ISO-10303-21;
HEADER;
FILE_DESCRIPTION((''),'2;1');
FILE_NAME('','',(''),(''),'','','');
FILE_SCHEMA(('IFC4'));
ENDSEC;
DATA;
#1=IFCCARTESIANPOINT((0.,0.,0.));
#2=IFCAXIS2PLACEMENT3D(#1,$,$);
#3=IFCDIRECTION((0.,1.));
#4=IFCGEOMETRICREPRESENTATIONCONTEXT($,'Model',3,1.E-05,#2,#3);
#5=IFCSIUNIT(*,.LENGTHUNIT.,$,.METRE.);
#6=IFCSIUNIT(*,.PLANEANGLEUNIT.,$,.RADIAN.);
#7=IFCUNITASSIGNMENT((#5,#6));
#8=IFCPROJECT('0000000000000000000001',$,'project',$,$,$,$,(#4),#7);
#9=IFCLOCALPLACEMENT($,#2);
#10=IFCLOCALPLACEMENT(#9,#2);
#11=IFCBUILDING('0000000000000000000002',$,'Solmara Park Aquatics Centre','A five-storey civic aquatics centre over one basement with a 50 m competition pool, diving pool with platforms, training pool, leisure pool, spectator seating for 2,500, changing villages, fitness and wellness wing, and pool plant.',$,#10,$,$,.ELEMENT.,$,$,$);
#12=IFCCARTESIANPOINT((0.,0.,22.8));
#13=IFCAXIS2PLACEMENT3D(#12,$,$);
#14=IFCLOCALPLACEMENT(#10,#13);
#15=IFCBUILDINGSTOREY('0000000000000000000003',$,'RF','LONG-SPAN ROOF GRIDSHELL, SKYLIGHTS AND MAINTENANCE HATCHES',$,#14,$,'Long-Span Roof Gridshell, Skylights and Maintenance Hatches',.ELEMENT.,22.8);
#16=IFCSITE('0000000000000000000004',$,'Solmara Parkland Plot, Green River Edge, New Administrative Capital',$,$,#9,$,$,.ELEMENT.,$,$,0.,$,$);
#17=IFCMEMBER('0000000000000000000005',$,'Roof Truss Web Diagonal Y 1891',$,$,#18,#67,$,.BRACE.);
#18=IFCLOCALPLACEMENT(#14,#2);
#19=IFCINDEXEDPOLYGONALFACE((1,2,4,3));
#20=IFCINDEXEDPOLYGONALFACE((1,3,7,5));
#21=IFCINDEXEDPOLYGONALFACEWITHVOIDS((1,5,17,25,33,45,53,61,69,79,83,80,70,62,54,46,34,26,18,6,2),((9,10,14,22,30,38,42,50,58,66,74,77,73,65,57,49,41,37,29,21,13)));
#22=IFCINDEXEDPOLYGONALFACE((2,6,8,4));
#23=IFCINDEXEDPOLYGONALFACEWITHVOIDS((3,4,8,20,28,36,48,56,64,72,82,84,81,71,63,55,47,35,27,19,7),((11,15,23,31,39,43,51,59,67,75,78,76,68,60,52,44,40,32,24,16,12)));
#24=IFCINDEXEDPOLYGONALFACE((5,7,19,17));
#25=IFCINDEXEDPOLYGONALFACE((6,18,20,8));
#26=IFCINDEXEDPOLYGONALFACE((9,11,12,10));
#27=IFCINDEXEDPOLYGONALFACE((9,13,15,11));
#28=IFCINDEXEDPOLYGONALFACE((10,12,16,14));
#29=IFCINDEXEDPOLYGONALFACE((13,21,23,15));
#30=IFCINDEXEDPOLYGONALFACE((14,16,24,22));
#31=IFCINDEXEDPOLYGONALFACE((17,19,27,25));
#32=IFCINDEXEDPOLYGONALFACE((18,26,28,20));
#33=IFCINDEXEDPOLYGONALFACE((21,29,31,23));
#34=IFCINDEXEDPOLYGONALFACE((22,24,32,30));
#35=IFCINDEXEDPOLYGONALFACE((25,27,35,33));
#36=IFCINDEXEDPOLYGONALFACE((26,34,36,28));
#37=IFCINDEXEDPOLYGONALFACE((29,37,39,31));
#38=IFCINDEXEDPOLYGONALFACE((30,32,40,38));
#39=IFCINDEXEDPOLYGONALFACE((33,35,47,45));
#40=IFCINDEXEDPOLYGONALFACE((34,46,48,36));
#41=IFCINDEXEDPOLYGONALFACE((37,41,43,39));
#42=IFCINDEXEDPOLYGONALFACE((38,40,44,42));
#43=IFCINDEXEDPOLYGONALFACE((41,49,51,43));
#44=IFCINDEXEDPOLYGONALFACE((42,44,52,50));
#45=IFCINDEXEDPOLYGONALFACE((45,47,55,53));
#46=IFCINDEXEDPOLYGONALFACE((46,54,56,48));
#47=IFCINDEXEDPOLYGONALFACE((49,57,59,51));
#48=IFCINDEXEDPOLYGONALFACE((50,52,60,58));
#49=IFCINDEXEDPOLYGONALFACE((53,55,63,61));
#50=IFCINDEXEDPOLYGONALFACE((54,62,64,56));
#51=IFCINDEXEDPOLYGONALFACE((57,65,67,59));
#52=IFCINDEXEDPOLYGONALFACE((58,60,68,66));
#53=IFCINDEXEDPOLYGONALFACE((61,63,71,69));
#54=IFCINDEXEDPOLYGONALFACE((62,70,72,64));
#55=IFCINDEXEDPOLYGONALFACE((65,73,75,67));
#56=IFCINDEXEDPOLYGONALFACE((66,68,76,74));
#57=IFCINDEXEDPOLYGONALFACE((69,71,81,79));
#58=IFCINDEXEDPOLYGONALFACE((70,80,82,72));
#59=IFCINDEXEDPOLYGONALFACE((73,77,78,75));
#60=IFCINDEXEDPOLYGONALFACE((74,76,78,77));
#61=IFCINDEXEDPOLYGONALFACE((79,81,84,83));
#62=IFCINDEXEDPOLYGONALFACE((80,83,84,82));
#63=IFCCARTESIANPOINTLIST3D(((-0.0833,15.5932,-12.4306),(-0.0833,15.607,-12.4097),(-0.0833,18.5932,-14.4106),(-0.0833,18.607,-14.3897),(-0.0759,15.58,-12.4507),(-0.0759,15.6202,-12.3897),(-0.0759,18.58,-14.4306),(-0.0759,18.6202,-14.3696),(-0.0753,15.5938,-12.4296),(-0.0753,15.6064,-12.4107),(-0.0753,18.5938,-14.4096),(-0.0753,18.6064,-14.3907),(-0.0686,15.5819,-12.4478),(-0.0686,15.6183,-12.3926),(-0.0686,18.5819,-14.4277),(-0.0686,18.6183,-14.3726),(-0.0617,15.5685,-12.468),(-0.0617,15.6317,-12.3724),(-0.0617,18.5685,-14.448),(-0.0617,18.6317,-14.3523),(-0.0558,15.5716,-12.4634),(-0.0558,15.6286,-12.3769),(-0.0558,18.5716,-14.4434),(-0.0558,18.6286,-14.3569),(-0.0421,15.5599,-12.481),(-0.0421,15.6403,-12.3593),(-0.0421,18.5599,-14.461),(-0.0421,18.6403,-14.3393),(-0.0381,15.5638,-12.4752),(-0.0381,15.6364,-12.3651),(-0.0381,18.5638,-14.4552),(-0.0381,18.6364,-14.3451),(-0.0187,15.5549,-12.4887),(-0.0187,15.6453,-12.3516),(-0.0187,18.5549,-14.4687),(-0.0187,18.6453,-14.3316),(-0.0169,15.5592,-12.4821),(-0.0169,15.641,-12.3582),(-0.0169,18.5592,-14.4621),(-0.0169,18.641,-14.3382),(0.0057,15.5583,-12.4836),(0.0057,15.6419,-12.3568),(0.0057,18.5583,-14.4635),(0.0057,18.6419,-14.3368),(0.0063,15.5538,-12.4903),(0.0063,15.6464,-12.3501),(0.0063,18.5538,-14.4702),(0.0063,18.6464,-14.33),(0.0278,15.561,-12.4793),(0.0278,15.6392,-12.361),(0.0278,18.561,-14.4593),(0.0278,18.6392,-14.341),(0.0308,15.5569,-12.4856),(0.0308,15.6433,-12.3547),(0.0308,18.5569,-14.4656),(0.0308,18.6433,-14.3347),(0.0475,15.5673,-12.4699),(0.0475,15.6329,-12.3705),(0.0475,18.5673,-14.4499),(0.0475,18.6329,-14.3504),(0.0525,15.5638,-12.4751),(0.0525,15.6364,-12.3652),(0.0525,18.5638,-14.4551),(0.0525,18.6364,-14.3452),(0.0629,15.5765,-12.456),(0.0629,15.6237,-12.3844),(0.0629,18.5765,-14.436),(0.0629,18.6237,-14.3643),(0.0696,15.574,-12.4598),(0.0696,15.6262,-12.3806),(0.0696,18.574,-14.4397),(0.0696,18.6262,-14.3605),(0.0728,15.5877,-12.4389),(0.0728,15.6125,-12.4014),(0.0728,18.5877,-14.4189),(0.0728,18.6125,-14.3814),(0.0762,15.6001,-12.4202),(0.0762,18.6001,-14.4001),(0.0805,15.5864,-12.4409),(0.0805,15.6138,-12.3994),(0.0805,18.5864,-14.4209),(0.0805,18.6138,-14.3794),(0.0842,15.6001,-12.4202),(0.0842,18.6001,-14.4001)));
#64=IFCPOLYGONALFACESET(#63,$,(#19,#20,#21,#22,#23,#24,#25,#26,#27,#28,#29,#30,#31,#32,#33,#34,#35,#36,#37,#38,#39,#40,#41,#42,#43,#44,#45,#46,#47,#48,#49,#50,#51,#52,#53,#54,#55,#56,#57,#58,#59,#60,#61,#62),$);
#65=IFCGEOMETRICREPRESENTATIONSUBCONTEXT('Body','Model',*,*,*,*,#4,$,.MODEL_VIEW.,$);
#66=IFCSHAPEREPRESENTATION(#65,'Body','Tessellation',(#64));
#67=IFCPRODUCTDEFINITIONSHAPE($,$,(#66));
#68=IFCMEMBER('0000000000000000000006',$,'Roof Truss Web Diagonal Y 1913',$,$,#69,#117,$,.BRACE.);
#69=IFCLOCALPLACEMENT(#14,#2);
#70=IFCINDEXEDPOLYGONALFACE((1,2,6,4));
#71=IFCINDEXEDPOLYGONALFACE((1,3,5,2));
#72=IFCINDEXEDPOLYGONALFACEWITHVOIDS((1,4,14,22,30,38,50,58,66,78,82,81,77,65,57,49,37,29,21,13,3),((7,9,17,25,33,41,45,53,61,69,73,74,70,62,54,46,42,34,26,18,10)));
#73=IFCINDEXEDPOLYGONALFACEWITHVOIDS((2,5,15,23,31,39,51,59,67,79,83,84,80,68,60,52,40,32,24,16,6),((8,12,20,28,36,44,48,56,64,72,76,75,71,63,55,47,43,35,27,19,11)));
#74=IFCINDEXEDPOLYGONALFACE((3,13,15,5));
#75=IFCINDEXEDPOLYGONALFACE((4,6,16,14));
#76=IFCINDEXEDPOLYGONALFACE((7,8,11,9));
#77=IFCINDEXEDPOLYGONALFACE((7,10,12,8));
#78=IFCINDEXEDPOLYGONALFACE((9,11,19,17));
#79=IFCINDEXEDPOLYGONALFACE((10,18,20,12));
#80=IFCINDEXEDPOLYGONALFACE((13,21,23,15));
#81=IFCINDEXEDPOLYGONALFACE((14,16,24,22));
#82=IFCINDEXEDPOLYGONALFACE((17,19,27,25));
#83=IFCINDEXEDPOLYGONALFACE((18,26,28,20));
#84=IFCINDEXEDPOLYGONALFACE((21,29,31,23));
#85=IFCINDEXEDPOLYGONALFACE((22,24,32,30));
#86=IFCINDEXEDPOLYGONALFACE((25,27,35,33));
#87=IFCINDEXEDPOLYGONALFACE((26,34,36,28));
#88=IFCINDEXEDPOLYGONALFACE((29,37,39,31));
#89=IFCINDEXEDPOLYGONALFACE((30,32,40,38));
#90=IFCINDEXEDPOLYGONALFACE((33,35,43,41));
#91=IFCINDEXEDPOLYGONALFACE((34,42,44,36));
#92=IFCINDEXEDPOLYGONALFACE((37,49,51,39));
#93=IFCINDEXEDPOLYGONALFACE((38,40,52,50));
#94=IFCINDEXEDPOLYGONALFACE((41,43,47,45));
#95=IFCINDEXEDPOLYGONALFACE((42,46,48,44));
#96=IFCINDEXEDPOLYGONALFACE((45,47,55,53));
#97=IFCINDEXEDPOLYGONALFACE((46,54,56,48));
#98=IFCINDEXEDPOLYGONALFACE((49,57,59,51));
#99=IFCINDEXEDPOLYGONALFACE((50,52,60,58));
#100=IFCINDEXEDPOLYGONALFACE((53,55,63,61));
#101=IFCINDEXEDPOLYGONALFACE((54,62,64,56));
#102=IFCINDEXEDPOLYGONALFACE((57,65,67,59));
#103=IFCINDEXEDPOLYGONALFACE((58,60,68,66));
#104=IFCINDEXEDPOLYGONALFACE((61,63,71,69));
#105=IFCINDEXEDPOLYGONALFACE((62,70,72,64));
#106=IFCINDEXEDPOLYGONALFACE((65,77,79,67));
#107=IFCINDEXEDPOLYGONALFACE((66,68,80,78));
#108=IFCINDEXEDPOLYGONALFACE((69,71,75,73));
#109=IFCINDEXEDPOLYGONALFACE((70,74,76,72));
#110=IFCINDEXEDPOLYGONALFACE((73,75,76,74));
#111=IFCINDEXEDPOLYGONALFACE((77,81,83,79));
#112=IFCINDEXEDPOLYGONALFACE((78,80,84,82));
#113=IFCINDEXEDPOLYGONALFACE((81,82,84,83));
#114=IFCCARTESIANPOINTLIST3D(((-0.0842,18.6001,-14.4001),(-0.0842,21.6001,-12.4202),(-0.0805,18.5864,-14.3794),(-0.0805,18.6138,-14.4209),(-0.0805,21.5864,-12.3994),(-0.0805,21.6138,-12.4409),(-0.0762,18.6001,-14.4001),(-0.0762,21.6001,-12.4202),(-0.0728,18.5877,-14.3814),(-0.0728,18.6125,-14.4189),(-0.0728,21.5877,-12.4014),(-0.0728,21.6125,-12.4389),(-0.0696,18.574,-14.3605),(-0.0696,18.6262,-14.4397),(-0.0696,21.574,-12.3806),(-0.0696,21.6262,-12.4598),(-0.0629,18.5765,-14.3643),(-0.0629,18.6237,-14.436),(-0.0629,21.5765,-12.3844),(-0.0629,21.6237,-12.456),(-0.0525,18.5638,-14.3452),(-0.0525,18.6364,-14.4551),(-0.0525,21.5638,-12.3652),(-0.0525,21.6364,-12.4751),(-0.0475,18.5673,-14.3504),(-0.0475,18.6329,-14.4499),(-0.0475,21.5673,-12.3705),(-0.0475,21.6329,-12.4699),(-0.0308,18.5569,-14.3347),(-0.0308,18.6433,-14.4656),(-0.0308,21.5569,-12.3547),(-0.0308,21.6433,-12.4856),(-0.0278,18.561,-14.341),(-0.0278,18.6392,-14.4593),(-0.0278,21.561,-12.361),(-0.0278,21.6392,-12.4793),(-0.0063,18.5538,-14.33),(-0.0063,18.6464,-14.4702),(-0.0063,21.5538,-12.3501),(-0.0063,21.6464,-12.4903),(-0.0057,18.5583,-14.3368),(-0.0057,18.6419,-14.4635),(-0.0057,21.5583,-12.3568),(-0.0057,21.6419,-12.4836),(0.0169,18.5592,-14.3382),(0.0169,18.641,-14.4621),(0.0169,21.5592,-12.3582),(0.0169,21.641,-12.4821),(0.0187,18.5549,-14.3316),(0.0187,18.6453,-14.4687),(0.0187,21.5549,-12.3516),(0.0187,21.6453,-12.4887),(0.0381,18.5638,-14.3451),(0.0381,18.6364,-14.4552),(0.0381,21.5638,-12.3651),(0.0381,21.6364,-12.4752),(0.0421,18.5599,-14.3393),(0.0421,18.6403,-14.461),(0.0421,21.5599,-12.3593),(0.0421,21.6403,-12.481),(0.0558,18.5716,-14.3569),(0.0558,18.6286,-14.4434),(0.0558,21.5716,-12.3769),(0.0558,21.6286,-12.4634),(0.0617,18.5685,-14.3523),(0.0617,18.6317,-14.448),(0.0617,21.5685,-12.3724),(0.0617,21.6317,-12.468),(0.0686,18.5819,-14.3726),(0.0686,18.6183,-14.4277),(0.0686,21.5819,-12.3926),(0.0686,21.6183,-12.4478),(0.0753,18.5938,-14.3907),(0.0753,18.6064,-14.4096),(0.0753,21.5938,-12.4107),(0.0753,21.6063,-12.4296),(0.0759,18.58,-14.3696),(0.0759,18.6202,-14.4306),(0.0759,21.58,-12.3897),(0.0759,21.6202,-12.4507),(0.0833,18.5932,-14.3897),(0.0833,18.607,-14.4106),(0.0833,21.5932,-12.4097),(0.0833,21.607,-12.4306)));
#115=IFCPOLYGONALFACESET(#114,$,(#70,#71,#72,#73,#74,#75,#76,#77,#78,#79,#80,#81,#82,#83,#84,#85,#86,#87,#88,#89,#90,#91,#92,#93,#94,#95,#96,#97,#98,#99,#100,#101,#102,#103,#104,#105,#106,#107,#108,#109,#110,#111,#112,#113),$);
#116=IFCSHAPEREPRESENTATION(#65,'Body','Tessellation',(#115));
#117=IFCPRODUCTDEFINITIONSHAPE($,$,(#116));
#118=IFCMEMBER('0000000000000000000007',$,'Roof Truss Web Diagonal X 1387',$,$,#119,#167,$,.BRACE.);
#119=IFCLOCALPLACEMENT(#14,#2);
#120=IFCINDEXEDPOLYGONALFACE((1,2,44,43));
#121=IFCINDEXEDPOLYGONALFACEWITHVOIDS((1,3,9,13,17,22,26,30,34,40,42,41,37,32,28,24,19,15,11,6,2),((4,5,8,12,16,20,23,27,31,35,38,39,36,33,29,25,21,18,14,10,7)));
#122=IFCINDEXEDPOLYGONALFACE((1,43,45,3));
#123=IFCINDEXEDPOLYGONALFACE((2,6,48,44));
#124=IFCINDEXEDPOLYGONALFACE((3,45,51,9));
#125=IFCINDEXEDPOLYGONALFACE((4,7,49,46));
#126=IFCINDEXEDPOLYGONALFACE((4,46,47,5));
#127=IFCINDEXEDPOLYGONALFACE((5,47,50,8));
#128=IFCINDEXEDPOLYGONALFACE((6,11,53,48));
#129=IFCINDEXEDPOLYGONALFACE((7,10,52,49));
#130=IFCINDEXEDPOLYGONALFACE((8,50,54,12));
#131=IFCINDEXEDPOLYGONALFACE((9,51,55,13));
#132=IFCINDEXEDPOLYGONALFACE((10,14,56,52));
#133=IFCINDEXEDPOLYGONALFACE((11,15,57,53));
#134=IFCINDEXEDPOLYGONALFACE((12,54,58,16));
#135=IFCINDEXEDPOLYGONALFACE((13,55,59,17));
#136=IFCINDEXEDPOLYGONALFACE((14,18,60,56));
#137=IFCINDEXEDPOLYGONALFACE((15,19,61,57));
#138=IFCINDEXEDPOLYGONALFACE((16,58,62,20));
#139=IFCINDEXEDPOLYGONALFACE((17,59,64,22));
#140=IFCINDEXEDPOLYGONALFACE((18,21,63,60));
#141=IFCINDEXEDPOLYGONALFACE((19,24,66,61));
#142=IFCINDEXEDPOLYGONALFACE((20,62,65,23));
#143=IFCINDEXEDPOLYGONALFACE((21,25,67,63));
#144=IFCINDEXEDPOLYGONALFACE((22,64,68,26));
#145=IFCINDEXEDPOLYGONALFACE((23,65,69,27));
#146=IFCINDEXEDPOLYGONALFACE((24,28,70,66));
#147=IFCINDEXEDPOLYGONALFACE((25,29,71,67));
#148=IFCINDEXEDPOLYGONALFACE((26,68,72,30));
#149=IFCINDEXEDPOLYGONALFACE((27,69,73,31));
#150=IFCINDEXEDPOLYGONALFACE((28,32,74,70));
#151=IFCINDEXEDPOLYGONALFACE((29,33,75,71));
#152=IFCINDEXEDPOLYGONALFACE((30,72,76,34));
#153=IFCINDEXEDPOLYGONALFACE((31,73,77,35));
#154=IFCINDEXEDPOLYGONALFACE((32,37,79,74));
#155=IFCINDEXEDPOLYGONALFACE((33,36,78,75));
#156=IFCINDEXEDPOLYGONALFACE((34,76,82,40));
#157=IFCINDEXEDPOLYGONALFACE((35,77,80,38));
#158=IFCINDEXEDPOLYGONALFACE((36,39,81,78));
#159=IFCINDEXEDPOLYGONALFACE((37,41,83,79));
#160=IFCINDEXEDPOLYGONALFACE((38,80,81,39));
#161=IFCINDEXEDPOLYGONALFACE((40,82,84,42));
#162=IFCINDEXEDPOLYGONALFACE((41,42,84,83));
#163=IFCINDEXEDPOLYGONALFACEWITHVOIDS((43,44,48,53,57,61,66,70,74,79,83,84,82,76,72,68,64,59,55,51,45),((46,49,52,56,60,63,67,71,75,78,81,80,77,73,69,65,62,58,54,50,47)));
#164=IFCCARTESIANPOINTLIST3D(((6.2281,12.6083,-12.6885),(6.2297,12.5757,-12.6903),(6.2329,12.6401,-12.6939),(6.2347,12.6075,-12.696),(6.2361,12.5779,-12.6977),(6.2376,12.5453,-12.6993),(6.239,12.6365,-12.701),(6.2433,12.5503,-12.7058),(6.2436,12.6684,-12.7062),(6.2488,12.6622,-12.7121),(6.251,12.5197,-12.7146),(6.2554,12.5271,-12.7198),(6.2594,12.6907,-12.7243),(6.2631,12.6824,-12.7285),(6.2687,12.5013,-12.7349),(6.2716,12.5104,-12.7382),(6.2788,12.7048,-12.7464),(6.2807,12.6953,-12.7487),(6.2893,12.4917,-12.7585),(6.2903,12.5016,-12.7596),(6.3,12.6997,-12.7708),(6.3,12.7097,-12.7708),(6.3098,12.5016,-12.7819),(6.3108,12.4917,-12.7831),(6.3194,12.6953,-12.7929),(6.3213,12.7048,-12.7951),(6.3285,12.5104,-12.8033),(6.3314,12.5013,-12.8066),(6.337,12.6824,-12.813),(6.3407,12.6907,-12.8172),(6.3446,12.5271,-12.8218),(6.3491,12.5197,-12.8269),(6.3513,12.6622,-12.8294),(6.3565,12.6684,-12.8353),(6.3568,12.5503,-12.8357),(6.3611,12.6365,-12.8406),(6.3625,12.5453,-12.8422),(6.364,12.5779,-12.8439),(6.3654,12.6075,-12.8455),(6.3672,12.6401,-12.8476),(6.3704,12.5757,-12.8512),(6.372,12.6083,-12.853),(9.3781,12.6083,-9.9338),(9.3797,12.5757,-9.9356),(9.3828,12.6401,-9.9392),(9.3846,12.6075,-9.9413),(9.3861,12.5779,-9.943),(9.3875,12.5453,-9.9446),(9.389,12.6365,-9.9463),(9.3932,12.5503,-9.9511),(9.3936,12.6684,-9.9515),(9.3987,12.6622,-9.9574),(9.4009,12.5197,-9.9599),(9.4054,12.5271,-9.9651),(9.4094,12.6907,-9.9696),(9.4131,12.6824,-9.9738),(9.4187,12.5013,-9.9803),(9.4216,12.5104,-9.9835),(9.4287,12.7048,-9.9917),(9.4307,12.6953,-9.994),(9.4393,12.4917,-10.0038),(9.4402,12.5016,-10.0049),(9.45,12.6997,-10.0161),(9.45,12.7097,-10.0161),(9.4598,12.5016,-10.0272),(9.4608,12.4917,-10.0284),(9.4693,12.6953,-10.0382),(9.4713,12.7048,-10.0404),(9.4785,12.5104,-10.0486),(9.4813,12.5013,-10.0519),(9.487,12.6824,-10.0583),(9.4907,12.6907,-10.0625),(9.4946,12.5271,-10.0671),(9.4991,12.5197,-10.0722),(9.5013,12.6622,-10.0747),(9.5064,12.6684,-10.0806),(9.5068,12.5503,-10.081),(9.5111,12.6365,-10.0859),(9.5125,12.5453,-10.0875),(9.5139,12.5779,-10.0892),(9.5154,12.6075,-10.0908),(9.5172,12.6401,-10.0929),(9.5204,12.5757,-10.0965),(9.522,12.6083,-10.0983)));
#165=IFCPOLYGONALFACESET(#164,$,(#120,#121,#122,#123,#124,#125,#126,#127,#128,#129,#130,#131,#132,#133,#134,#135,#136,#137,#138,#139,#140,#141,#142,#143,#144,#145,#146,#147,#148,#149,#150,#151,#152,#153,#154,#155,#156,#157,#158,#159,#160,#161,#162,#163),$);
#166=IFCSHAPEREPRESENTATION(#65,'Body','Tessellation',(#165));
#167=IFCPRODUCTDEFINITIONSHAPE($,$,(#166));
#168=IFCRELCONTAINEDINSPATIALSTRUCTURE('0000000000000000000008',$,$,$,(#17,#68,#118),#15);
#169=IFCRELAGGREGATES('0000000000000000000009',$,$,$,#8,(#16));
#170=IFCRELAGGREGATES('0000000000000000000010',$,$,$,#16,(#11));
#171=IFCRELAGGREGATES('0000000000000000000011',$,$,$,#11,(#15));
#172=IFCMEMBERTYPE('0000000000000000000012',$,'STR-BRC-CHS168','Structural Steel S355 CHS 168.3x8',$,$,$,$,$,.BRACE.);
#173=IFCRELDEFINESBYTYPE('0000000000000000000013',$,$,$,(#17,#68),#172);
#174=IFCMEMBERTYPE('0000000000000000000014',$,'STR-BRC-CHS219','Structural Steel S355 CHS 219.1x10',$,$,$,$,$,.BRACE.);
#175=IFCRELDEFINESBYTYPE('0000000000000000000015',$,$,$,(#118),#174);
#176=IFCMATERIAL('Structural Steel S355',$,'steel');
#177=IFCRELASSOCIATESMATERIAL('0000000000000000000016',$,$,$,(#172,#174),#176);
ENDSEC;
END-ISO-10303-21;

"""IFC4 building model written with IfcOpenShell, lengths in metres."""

from ifc_helpers import new_model, si_unit, direction, frame, origin, origin_2d, place, context, subcontext, project, spatial, hollow_circle, extrude, material, material_profile, profile_set, type_object, element, save


model = new_model("IFC4")

# Units and contexts
model_context = context("Model", 3, precision=1e-05, world=origin(), true_north=direction((0.0, 1.0)))
body_context = subcontext(model_context, "Body", "Model", "MODEL_VIEW")
ifc_project = project(units=[si_unit("LENGTHUNIT", "METRE"), si_unit("PLANEANGLEUNIT", "RADIAN")], contexts=[model_context])

# Site, building, storey
site_placement = place(None, origin())
site = spatial("IfcSite", under=ifc_project, at=site_placement, Name="Solmara Parkland Plot, Green River Edge, New Administrative Capital", CompositionType="ELEMENT", RefElevation=0.0)
building_placement = place(site_placement, origin())
building = spatial("IfcBuilding", under=site, at=building_placement, Name="Solmara Park Aquatics Centre", Description="A five-storey civic aquatics centre over one basement with a 50 m competition pool, diving pool with platforms, training pool, leisure pool, spectator seating for 2,500, changing villages, fitness and wellness wing, and pool plant.", CompositionType="ELEMENT")
storey_placement = place(building_placement, frame((0.0, 0.0, 22.8)))
storey = spatial("IfcBuildingStorey", under=building, at=storey_placement, Name="RF", Description="LONG-SPAN ROOF GRIDSHELL, SKYLIGHTS AND MAINTENANCE HATCHES", LongName="Long-Span Roof Gridshell, Skylights and Maintenance Hatches", CompositionType="ELEMENT", Elevation=22.8)

# Members
ifc_material_1 = material(Name="Structural Steel S355", Category="steel")
ifc_material_profile_1 = material_profile(ifc_material_1, hollow_circle(Radius=0.0842, WallThickness=0.0081, at=origin_2d()), Name="CHS 168.3x8")
ifc_profile_set_1 = profile_set([ifc_material_profile_1], Name="Structural Steel S355")
member_type_1 = type_object("IfcMemberType", Name="STR-BRC-CHS168", Description="Structural Steel S355 CHS 168.3x8", PredefinedType="BRACE", material=ifc_profile_set_1)
for number, where, z_axis, x_axis, name in (
    (1, (0.0, 18.6001, -14.4001), (0.0, -0.834612, 0.550838), (1.0, 0.0, 0.0), "Roof Truss Web Diagonal Y 1891"),
    (2, (0.0, 18.6001, -14.4001), (0.0, 0.834612, 0.550838), (-1.0, 0.0, 0.0), "Roof Truss Web Diagonal Y 1913"),
):
    element("IfcMember", number, at=place(storey_placement, frame(where, z_axis=z_axis, x_axis=x_axis)), inside=storey, type_object=member_type_1, Name=name, PredefinedType="BRACE", context=body_context, shape_type="SweptSolid", body=[
        extrude(hollow_circle(Radius=0.0842, WallThickness=0.0081, at=origin_2d()), origin(), (0.0, 0.0, 1.0), 3.5945),
    ])
ifc_material_profile_2 = material_profile(ifc_material_1, hollow_circle(Radius=0.1096, WallThickness=0.01, at=origin_2d()), Name="CHS 219.1x10")
ifc_profile_set_2 = profile_set([ifc_material_profile_2], Name="Structural Steel S355")
member_type_2 = type_object("IfcMemberType", Name="STR-BRC-CHS219", Description="Structural Steel S355 CHS 219.1x10", PredefinedType="BRACE", material=ifc_profile_set_2)
member_1_placement = place(storey_placement, frame((6.3, 12.6001, -12.7708), z_axis=(0.752757, 0.0, 0.658298), x_axis=(0.0, 1.0, 0.0)))
element("IfcMember", 3, at=member_1_placement, inside=storey, type_object=member_type_2, Name="Roof Truss Web Diagonal X 1387", PredefinedType="BRACE", context=body_context, shape_type="SweptSolid", body=[
    extrude(hollow_circle(Radius=0.1096, WallThickness=0.01, at=origin_2d()), origin(), (0.0, 0.0, 1.0), 4.1846),
])

save(model, "model.ifc")
